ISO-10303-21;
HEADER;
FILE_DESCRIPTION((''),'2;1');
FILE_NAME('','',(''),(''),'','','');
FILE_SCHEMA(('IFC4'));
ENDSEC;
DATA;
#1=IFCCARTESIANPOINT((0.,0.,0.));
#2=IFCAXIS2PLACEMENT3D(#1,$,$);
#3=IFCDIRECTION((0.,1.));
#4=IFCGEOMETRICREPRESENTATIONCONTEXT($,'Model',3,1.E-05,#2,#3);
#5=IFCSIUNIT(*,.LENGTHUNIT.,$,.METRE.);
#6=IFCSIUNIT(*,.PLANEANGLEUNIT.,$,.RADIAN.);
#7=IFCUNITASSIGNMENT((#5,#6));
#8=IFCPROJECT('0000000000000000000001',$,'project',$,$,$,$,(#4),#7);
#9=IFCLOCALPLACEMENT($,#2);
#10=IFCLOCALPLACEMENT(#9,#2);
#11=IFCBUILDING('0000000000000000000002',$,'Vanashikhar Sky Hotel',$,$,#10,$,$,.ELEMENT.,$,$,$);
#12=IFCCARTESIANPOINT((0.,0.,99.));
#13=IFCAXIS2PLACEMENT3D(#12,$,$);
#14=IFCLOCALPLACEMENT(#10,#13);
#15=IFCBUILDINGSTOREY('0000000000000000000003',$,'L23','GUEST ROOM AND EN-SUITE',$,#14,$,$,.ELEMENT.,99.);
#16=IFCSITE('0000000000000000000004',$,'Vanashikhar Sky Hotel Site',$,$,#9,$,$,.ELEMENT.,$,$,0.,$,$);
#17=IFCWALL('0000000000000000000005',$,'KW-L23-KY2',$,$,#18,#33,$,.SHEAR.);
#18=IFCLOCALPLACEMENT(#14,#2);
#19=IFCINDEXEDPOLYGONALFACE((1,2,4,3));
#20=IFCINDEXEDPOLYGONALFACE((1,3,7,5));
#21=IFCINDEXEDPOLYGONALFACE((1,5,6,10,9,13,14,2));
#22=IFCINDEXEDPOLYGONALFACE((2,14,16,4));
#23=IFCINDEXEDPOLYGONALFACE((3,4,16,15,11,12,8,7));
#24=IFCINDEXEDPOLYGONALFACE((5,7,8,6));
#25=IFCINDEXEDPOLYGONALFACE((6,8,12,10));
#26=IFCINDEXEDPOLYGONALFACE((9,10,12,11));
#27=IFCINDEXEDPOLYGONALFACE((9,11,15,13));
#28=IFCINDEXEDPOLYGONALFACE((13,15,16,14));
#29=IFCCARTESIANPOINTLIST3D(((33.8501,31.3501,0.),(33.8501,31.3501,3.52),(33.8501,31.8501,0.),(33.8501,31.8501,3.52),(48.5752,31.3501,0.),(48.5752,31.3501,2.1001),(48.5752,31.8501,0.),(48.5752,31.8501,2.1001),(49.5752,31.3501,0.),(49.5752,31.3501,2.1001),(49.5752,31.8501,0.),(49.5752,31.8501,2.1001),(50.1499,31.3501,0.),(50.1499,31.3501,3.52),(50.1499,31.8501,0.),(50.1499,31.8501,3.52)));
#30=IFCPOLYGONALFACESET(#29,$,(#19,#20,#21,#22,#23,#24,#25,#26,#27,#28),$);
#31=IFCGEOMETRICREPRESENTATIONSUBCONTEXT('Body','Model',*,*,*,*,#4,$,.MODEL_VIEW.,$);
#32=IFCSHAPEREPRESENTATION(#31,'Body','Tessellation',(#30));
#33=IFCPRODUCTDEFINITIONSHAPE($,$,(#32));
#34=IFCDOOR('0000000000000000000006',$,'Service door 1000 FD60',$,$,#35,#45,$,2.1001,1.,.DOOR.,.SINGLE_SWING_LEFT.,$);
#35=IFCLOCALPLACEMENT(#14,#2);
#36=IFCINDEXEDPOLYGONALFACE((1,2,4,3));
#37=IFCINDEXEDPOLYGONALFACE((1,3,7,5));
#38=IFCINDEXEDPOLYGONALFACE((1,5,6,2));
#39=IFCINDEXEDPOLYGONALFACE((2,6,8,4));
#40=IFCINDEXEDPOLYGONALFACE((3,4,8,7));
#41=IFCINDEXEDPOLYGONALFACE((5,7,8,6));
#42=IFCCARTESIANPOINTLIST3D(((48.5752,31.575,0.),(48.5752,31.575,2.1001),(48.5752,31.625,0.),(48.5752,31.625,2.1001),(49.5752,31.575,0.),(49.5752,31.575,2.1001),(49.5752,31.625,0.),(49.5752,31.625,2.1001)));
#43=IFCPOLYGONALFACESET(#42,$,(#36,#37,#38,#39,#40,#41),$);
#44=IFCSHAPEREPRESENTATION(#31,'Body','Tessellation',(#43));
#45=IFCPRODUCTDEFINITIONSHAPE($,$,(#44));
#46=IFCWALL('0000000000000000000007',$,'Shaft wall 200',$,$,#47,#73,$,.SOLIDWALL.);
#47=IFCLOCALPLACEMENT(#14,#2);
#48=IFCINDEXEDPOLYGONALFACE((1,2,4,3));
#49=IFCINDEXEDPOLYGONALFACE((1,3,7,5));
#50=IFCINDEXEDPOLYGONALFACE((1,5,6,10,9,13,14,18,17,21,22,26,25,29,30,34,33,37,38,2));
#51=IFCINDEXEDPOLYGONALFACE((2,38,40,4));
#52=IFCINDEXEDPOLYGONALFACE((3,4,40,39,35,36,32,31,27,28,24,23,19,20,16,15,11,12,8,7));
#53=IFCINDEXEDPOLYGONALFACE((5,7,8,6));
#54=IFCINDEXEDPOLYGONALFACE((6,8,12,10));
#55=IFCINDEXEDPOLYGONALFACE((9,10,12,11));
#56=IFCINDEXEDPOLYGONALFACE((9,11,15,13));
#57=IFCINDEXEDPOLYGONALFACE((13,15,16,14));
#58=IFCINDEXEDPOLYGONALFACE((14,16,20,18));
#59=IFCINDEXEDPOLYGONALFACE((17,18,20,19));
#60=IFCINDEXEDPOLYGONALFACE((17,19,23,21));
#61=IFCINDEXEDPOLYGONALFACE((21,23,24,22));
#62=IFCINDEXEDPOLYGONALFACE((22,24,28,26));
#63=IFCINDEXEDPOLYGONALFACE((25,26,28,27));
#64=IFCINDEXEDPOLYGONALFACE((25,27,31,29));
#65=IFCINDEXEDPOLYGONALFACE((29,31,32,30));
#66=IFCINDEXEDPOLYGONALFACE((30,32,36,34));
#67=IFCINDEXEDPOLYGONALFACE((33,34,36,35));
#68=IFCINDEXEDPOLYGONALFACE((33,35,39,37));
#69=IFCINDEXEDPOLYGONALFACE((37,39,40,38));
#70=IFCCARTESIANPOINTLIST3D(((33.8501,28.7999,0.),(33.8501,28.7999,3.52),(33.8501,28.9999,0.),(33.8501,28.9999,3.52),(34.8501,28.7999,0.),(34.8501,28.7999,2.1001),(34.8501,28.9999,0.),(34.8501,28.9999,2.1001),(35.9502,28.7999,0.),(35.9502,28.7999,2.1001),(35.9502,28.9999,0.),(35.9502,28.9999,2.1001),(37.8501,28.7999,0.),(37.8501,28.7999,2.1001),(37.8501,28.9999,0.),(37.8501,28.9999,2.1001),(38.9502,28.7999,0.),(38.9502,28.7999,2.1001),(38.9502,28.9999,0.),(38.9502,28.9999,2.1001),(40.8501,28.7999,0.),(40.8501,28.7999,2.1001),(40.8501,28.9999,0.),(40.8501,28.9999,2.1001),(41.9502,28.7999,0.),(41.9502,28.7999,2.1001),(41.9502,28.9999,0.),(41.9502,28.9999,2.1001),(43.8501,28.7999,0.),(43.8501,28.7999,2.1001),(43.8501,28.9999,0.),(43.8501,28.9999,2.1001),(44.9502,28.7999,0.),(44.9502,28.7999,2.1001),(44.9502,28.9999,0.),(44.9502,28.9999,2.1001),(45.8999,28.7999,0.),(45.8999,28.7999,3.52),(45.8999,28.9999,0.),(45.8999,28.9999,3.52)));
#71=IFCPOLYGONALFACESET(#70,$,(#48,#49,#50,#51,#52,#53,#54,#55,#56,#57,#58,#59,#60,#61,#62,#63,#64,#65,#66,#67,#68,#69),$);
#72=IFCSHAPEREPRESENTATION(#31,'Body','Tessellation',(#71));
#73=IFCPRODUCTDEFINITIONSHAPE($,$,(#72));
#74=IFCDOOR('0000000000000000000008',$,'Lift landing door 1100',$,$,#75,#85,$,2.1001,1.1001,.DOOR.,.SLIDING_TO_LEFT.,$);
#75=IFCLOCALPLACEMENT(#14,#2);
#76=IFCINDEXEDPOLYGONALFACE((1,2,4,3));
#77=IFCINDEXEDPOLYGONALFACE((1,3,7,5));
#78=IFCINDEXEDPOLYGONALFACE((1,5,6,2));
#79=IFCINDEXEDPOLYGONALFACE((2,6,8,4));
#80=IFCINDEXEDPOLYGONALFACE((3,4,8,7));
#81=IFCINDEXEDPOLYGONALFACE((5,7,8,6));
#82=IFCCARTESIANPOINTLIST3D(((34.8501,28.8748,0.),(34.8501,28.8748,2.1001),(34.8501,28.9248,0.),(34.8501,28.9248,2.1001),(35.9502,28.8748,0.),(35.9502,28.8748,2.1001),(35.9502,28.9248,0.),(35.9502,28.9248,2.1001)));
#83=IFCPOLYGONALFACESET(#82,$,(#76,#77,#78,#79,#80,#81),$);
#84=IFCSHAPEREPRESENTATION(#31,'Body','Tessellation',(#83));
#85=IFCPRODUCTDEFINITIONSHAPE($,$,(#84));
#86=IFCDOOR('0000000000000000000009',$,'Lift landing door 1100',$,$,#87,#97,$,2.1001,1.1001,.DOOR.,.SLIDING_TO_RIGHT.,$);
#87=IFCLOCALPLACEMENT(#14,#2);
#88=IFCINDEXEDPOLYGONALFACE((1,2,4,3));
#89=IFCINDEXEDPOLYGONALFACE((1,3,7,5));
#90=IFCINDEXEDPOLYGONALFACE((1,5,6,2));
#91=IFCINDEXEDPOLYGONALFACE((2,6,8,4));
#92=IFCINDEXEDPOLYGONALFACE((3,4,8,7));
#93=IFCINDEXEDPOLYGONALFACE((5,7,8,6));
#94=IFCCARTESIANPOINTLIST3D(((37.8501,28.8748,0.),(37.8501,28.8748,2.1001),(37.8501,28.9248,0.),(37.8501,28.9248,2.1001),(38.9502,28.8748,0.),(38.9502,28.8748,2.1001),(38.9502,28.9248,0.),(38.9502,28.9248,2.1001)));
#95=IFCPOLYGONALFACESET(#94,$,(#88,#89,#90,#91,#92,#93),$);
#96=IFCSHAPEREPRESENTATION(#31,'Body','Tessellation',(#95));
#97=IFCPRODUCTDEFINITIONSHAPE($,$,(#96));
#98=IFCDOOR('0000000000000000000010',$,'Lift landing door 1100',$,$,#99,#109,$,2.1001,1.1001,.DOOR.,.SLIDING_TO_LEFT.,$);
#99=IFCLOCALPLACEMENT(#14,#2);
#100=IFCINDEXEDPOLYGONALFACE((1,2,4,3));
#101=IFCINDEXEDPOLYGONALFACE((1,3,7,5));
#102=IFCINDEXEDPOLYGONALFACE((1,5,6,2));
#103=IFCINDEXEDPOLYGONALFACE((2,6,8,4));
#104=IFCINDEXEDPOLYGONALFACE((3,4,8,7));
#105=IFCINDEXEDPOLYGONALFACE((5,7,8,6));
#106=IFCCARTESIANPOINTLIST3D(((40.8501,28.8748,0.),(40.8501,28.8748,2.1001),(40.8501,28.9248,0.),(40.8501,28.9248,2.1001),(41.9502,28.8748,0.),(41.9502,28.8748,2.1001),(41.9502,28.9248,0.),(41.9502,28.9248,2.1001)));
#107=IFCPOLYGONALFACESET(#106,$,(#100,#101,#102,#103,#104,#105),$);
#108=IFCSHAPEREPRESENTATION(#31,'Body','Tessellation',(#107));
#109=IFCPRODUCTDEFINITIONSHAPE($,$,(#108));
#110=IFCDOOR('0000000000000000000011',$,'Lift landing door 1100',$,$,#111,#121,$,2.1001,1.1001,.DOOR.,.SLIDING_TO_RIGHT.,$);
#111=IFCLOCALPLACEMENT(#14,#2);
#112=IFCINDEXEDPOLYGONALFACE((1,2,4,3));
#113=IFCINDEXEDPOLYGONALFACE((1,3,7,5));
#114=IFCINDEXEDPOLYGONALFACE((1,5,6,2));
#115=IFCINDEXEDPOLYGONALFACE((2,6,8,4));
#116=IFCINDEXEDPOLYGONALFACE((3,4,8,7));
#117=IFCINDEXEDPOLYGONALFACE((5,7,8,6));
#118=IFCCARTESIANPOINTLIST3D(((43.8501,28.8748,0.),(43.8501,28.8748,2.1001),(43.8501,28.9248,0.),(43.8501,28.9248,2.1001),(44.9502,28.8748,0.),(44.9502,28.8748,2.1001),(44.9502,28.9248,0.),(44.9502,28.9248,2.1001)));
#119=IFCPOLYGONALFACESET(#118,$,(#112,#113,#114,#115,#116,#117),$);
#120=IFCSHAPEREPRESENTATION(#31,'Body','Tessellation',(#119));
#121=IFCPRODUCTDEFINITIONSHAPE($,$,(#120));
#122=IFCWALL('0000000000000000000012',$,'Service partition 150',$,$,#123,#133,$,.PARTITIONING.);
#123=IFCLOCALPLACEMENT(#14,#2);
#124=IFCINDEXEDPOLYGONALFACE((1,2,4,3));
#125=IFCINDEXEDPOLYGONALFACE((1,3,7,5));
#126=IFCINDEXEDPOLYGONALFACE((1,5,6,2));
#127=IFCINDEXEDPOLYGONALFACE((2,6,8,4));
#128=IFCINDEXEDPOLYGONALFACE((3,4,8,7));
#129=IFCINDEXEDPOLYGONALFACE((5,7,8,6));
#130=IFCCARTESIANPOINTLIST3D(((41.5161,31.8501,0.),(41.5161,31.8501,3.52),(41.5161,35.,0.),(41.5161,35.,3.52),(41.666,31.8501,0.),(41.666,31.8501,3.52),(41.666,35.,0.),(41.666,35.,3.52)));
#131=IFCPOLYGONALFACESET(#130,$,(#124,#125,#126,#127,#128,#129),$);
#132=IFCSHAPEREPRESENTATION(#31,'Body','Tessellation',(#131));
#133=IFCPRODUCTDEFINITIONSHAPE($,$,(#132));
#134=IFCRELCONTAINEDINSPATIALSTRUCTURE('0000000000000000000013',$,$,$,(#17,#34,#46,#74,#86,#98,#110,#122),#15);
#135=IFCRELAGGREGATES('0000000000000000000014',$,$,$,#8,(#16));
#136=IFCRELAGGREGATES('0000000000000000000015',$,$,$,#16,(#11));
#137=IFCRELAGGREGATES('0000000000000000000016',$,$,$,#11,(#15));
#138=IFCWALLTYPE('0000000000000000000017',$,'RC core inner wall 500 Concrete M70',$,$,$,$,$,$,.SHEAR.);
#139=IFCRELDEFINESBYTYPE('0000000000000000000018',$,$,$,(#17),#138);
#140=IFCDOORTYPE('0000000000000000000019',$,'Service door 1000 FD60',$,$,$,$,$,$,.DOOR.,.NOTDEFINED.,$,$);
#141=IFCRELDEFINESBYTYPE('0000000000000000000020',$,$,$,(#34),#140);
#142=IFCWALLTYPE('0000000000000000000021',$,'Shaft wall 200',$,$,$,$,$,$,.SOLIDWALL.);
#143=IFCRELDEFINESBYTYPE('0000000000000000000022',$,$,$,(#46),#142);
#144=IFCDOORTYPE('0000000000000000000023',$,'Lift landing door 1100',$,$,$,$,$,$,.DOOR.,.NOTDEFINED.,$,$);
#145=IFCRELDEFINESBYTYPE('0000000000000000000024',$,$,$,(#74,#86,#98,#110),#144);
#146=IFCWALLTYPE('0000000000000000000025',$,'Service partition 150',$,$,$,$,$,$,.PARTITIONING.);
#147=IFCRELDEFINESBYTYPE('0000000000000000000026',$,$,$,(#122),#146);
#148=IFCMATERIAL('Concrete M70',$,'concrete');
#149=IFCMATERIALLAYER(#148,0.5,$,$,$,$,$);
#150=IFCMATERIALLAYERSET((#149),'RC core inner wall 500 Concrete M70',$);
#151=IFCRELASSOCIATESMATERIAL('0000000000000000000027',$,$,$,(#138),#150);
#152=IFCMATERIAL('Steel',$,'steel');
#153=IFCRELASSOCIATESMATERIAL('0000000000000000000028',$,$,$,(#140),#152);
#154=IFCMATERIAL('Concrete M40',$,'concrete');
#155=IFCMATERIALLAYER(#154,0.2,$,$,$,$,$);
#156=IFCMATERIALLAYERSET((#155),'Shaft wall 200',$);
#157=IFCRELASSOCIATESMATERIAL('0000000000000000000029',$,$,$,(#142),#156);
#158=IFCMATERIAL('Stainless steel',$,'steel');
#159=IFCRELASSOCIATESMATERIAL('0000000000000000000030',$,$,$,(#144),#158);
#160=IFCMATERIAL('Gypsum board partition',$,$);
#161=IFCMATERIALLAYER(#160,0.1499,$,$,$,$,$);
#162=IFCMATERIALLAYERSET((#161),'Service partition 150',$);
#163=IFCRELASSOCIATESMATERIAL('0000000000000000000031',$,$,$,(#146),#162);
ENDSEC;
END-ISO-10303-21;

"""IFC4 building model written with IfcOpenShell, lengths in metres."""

from ifc_helpers import new_model, si_unit, direction, frame, frame_2d, origin, place, context, subcontext, project, spatial, rectangle, extrude, source, transform, mapped, material, layer, layer_set, type_object, element, fill, save


model = new_model("IFC4")

# Units and contexts
model_context = context("Model", 3, precision=1e-05, world=origin(), true_north=direction((0.0, 1.0)))
body_context = subcontext(model_context, "Body", "Model", "MODEL_VIEW")
ifc_project = project(units=[si_unit("LENGTHUNIT", "METRE"), si_unit("PLANEANGLEUNIT", "RADIAN")], contexts=[model_context])

# Site, building, storey
site_placement = place(None, origin())
site = spatial("IfcSite", under=ifc_project, at=site_placement, Name="Vanashikhar Sky Hotel Site", CompositionType="ELEMENT", RefElevation=0.0)
building_placement = place(site_placement, origin())
building = spatial("IfcBuilding", under=site, at=building_placement, Name="Vanashikhar Sky Hotel", CompositionType="ELEMENT")
storey_placement = place(building_placement, frame((0.0, 0.0, 99.0)))
storey = spatial("IfcBuildingStorey", under=building, at=storey_placement, Name="L23", Description="GUEST ROOM AND EN-SUITE", CompositionType="ELEMENT", Elevation=99.0)

# Wall, opening, door
ifc_material_1 = material(Name="Concrete M70", Category="concrete")
ifc_layer_1 = layer(ifc_material_1, 0.5)
ifc_layer_set_1 = layer_set([ifc_layer_1], Name="RC core inner wall 500 Concrete M70")
wall_type_1 = type_object("IfcWallType", Name="RC core inner wall 500 Concrete M70", PredefinedType="SHEAR", material=ifc_layer_set_1)
shared_shape_1 = source(origin(), body_context, "Body", "SweptSolid", [
    extrude(rectangle(XDim=16.2998, YDim=0.5, at=frame_2d((8.1499, 0.0))), origin(), (0.0, 0.0, 1.0), 3.52),
])
wall_1_placement = place(storey_placement, frame((33.8501, 31.6001, 0.0), z_axis=(0.0, 0.0, 1.0), x_axis=(1.0, 0.0, 0.0)))
wall_1 = element("IfcWall", 1, at=wall_1_placement, inside=storey, type_object=wall_type_1, Name="KW-L23-KY2", PredefinedType="SHEAR", context=body_context, shape_type="MappedRepresentation", body=[
    mapped(shared_shape_1, transform((0.0, 0.0, 0.0), scale=1.0)),
])
shared_shape_2 = source(origin(), body_context, "Body", "SweptSolid", [
    extrude(rectangle(XDim=1.0, YDim=2.1001, at=frame_2d((0.5, 1.05))), frame((0.0, 0.26, 0.0), z_axis=(0.0, -1.0, 0.0), x_axis=(1.0, 0.0, 0.0)), (0.0, 0.0, 1.0), 0.52),
])
opening_1_placement = place(wall_1_placement, frame((14.7251, 0.0, 0.0)))
opening_1 = element("IfcOpeningElement", 2, at=opening_1_placement, cuts=wall_1, PredefinedType="OPENING", context=body_context, shape_type="MappedRepresentation", body=[
    mapped(shared_shape_2, transform((0.0, 0.0, 0.0), scale=1.0)),
])
ifc_material_2 = material(Name="Steel", Category="steel")
door_type_1 = type_object("IfcDoorType", Name="Service door 1000 FD60", OperationType="NOTDEFINED", PredefinedType="DOOR", material=ifc_material_2)
shared_shape_3 = source(origin(), body_context, "Body", "SweptSolid", [
    extrude(rectangle(XDim=1.0, YDim=2.1001, at=frame_2d((0.5, 1.05))), frame((0.0, 0.0249, 0.0), z_axis=(0.0, -1.0, 0.0), x_axis=(1.0, 0.0, 0.0)), (0.0, 0.0, 1.0), 0.05),
])
door_1_placement = place(opening_1_placement, origin())
door_1 = element("IfcDoor", 3, at=door_1_placement, inside=storey, type_object=door_type_1, Name="Service door 1000 FD60", OperationType="SINGLE_SWING_LEFT", OverallHeight=2.1001, OverallWidth=1.0, PredefinedType="DOOR", context=body_context, shape_type="MappedRepresentation", body=[
    mapped(shared_shape_3, transform((0.0, 0.0, 0.0), scale=1.0)),
])
fill(opening_1, door_1)

# Wall, openings, doors
ifc_material_3 = material(Name="Concrete M40", Category="concrete")
ifc_layer_2 = layer(ifc_material_3, 0.2)
ifc_layer_set_2 = layer_set([ifc_layer_2], Name="Shaft wall 200")
wall_type_2 = type_object("IfcWallType", Name="Shaft wall 200", PredefinedType="SOLIDWALL", material=ifc_layer_set_2)
shared_shape_4 = source(origin(), body_context, "Body", "SweptSolid", [
    extrude(rectangle(XDim=12.0498, YDim=0.2, at=frame_2d((6.0249, 0.0))), origin(), (0.0, 0.0, 1.0), 3.52),
])
wall_2_placement = place(storey_placement, frame((33.8501, 28.8999, 0.0), z_axis=(0.0, 0.0, 1.0), x_axis=(1.0, 0.0, 0.0)))
wall_2 = element("IfcWall", 4, at=wall_2_placement, inside=storey, type_object=wall_type_2, Name="Shaft wall 200", PredefinedType="SOLIDWALL", context=body_context, shape_type="MappedRepresentation", body=[
    mapped(shared_shape_4, transform((0.0, 0.0, 0.0), scale=1.0)),
])
shared_shape_5 = source(origin(), body_context, "Body", "SweptSolid", [
    extrude(rectangle(XDim=1.1001, YDim=2.1001, at=frame_2d((0.55, 1.05))), frame((0.0, 0.1099, 0.0), z_axis=(0.0, -1.0, 0.0), x_axis=(1.0, 0.0, 0.0)), (0.0, 0.0, 1.0), 0.22),
])
opening_2_placement = place(wall_2_placement, frame((1.0, 0.0, 0.0)))
opening_2 = element("IfcOpeningElement", 5, at=opening_2_placement, cuts=wall_2, PredefinedType="OPENING", context=body_context, shape_type="MappedRepresentation", body=[
    mapped(shared_shape_5, transform((0.0, 0.0, 0.0), scale=1.0)),
])
opening_3_placement = place(wall_2_placement, frame((4.0, 0.0, 0.0)))
opening_3 = element("IfcOpeningElement", 6, at=opening_3_placement, cuts=wall_2, PredefinedType="OPENING", context=body_context, shape_type="MappedRepresentation", body=[
    mapped(shared_shape_5, transform((0.0, 0.0, 0.0), scale=1.0)),
])
opening_4_placement = place(wall_2_placement, frame((7.0, 0.0, 0.0)))
opening_4 = element("IfcOpeningElement", 7, at=opening_4_placement, cuts=wall_2, PredefinedType="OPENING", context=body_context, shape_type="MappedRepresentation", body=[
    mapped(shared_shape_5, transform((0.0, 0.0, 0.0), scale=1.0)),
])
opening_5_placement = place(wall_2_placement, frame((10.0, 0.0, 0.0)))
opening_5 = element("IfcOpeningElement", 8, at=opening_5_placement, cuts=wall_2, PredefinedType="OPENING", context=body_context, shape_type="MappedRepresentation", body=[
    mapped(shared_shape_5, transform((0.0, 0.0, 0.0), scale=1.0)),
])
ifc_material_4 = material(Name="Stainless steel", Category="steel")
door_type_2 = type_object("IfcDoorType", Name="Lift landing door 1100", OperationType="NOTDEFINED", PredefinedType="DOOR", material=ifc_material_4)
shared_shape_6 = source(origin(), body_context, "Body", "SweptSolid", [
    extrude(rectangle(XDim=1.1001, YDim=2.1001, at=frame_2d((0.55, 1.05))), frame((0.0, 0.0249, 0.0), z_axis=(0.0, -1.0, 0.0), x_axis=(1.0, 0.0, 0.0)), (0.0, 0.0, 1.0), 0.05),
])
door_2_placement = place(opening_2_placement, origin())
door_2 = element("IfcDoor", 9, at=door_2_placement, inside=storey, type_object=door_type_2, Name="Lift landing door 1100", OperationType="SLIDING_TO_LEFT", OverallHeight=2.1001, OverallWidth=1.1001, PredefinedType="DOOR", context=body_context, shape_type="MappedRepresentation", body=[
    mapped(shared_shape_6, transform((0.0, 0.0, 0.0), scale=1.0)),
])
fill(opening_2, door_2)
door_3_placement = place(opening_3_placement, origin())
door_3 = element("IfcDoor", 10, at=door_3_placement, inside=storey, type_object=door_type_2, Name="Lift landing door 1100", OperationType="SLIDING_TO_RIGHT", OverallHeight=2.1001, OverallWidth=1.1001, PredefinedType="DOOR", context=body_context, shape_type="MappedRepresentation", body=[
    mapped(shared_shape_6, transform((0.0, 0.0, 0.0), scale=1.0)),
])
fill(opening_3, door_3)
door_4_placement = place(opening_4_placement, origin())
door_4 = element("IfcDoor", 11, at=door_4_placement, inside=storey, type_object=door_type_2, Name="Lift landing door 1100", OperationType="SLIDING_TO_LEFT", OverallHeight=2.1001, OverallWidth=1.1001, PredefinedType="DOOR", context=body_context, shape_type="MappedRepresentation", body=[
    mapped(shared_shape_6, transform((0.0, 0.0, 0.0), scale=1.0)),
])
fill(opening_4, door_4)
door_5_placement = place(opening_5_placement, origin())
door_5 = element("IfcDoor", 12, at=door_5_placement, inside=storey, type_object=door_type_2, Name="Lift landing door 1100", OperationType="SLIDING_TO_RIGHT", OverallHeight=2.1001, OverallWidth=1.1001, PredefinedType="DOOR", context=body_context, shape_type="MappedRepresentation", body=[
    mapped(shared_shape_6, transform((0.0, 0.0, 0.0), scale=1.0)),
])
fill(opening_5, door_5)

# Wall
ifc_material_5 = material(Name="Gypsum board partition")
ifc_layer_3 = layer(ifc_material_5, 0.1499)
ifc_layer_set_3 = layer_set([ifc_layer_3], Name="Service partition 150")
wall_type_3 = type_object("IfcWallType", Name="Service partition 150", PredefinedType="PARTITIONING", material=ifc_layer_set_3)
shared_shape_7 = source(origin(), body_context, "Body", "SweptSolid", [
    extrude(rectangle(XDim=3.1499, YDim=0.1499, at=frame_2d((1.575, 0.0))), origin(), (0.0, 0.0, 1.0), 3.52),
])
wall_3_placement = place(storey_placement, frame((41.5911, 31.8501, 0.0), z_axis=(0.0, 0.0, 1.0), x_axis=(0.0, 1.0, 0.0)))
element("IfcWall", 13, at=wall_3_placement, inside=storey, type_object=wall_type_3, Name="Service partition 150", PredefinedType="PARTITIONING", context=body_context, shape_type="MappedRepresentation", body=[
    mapped(shared_shape_7, transform((0.0, 0.0, 0.0), scale=1.0)),
])

save(model, "model.ifc")
